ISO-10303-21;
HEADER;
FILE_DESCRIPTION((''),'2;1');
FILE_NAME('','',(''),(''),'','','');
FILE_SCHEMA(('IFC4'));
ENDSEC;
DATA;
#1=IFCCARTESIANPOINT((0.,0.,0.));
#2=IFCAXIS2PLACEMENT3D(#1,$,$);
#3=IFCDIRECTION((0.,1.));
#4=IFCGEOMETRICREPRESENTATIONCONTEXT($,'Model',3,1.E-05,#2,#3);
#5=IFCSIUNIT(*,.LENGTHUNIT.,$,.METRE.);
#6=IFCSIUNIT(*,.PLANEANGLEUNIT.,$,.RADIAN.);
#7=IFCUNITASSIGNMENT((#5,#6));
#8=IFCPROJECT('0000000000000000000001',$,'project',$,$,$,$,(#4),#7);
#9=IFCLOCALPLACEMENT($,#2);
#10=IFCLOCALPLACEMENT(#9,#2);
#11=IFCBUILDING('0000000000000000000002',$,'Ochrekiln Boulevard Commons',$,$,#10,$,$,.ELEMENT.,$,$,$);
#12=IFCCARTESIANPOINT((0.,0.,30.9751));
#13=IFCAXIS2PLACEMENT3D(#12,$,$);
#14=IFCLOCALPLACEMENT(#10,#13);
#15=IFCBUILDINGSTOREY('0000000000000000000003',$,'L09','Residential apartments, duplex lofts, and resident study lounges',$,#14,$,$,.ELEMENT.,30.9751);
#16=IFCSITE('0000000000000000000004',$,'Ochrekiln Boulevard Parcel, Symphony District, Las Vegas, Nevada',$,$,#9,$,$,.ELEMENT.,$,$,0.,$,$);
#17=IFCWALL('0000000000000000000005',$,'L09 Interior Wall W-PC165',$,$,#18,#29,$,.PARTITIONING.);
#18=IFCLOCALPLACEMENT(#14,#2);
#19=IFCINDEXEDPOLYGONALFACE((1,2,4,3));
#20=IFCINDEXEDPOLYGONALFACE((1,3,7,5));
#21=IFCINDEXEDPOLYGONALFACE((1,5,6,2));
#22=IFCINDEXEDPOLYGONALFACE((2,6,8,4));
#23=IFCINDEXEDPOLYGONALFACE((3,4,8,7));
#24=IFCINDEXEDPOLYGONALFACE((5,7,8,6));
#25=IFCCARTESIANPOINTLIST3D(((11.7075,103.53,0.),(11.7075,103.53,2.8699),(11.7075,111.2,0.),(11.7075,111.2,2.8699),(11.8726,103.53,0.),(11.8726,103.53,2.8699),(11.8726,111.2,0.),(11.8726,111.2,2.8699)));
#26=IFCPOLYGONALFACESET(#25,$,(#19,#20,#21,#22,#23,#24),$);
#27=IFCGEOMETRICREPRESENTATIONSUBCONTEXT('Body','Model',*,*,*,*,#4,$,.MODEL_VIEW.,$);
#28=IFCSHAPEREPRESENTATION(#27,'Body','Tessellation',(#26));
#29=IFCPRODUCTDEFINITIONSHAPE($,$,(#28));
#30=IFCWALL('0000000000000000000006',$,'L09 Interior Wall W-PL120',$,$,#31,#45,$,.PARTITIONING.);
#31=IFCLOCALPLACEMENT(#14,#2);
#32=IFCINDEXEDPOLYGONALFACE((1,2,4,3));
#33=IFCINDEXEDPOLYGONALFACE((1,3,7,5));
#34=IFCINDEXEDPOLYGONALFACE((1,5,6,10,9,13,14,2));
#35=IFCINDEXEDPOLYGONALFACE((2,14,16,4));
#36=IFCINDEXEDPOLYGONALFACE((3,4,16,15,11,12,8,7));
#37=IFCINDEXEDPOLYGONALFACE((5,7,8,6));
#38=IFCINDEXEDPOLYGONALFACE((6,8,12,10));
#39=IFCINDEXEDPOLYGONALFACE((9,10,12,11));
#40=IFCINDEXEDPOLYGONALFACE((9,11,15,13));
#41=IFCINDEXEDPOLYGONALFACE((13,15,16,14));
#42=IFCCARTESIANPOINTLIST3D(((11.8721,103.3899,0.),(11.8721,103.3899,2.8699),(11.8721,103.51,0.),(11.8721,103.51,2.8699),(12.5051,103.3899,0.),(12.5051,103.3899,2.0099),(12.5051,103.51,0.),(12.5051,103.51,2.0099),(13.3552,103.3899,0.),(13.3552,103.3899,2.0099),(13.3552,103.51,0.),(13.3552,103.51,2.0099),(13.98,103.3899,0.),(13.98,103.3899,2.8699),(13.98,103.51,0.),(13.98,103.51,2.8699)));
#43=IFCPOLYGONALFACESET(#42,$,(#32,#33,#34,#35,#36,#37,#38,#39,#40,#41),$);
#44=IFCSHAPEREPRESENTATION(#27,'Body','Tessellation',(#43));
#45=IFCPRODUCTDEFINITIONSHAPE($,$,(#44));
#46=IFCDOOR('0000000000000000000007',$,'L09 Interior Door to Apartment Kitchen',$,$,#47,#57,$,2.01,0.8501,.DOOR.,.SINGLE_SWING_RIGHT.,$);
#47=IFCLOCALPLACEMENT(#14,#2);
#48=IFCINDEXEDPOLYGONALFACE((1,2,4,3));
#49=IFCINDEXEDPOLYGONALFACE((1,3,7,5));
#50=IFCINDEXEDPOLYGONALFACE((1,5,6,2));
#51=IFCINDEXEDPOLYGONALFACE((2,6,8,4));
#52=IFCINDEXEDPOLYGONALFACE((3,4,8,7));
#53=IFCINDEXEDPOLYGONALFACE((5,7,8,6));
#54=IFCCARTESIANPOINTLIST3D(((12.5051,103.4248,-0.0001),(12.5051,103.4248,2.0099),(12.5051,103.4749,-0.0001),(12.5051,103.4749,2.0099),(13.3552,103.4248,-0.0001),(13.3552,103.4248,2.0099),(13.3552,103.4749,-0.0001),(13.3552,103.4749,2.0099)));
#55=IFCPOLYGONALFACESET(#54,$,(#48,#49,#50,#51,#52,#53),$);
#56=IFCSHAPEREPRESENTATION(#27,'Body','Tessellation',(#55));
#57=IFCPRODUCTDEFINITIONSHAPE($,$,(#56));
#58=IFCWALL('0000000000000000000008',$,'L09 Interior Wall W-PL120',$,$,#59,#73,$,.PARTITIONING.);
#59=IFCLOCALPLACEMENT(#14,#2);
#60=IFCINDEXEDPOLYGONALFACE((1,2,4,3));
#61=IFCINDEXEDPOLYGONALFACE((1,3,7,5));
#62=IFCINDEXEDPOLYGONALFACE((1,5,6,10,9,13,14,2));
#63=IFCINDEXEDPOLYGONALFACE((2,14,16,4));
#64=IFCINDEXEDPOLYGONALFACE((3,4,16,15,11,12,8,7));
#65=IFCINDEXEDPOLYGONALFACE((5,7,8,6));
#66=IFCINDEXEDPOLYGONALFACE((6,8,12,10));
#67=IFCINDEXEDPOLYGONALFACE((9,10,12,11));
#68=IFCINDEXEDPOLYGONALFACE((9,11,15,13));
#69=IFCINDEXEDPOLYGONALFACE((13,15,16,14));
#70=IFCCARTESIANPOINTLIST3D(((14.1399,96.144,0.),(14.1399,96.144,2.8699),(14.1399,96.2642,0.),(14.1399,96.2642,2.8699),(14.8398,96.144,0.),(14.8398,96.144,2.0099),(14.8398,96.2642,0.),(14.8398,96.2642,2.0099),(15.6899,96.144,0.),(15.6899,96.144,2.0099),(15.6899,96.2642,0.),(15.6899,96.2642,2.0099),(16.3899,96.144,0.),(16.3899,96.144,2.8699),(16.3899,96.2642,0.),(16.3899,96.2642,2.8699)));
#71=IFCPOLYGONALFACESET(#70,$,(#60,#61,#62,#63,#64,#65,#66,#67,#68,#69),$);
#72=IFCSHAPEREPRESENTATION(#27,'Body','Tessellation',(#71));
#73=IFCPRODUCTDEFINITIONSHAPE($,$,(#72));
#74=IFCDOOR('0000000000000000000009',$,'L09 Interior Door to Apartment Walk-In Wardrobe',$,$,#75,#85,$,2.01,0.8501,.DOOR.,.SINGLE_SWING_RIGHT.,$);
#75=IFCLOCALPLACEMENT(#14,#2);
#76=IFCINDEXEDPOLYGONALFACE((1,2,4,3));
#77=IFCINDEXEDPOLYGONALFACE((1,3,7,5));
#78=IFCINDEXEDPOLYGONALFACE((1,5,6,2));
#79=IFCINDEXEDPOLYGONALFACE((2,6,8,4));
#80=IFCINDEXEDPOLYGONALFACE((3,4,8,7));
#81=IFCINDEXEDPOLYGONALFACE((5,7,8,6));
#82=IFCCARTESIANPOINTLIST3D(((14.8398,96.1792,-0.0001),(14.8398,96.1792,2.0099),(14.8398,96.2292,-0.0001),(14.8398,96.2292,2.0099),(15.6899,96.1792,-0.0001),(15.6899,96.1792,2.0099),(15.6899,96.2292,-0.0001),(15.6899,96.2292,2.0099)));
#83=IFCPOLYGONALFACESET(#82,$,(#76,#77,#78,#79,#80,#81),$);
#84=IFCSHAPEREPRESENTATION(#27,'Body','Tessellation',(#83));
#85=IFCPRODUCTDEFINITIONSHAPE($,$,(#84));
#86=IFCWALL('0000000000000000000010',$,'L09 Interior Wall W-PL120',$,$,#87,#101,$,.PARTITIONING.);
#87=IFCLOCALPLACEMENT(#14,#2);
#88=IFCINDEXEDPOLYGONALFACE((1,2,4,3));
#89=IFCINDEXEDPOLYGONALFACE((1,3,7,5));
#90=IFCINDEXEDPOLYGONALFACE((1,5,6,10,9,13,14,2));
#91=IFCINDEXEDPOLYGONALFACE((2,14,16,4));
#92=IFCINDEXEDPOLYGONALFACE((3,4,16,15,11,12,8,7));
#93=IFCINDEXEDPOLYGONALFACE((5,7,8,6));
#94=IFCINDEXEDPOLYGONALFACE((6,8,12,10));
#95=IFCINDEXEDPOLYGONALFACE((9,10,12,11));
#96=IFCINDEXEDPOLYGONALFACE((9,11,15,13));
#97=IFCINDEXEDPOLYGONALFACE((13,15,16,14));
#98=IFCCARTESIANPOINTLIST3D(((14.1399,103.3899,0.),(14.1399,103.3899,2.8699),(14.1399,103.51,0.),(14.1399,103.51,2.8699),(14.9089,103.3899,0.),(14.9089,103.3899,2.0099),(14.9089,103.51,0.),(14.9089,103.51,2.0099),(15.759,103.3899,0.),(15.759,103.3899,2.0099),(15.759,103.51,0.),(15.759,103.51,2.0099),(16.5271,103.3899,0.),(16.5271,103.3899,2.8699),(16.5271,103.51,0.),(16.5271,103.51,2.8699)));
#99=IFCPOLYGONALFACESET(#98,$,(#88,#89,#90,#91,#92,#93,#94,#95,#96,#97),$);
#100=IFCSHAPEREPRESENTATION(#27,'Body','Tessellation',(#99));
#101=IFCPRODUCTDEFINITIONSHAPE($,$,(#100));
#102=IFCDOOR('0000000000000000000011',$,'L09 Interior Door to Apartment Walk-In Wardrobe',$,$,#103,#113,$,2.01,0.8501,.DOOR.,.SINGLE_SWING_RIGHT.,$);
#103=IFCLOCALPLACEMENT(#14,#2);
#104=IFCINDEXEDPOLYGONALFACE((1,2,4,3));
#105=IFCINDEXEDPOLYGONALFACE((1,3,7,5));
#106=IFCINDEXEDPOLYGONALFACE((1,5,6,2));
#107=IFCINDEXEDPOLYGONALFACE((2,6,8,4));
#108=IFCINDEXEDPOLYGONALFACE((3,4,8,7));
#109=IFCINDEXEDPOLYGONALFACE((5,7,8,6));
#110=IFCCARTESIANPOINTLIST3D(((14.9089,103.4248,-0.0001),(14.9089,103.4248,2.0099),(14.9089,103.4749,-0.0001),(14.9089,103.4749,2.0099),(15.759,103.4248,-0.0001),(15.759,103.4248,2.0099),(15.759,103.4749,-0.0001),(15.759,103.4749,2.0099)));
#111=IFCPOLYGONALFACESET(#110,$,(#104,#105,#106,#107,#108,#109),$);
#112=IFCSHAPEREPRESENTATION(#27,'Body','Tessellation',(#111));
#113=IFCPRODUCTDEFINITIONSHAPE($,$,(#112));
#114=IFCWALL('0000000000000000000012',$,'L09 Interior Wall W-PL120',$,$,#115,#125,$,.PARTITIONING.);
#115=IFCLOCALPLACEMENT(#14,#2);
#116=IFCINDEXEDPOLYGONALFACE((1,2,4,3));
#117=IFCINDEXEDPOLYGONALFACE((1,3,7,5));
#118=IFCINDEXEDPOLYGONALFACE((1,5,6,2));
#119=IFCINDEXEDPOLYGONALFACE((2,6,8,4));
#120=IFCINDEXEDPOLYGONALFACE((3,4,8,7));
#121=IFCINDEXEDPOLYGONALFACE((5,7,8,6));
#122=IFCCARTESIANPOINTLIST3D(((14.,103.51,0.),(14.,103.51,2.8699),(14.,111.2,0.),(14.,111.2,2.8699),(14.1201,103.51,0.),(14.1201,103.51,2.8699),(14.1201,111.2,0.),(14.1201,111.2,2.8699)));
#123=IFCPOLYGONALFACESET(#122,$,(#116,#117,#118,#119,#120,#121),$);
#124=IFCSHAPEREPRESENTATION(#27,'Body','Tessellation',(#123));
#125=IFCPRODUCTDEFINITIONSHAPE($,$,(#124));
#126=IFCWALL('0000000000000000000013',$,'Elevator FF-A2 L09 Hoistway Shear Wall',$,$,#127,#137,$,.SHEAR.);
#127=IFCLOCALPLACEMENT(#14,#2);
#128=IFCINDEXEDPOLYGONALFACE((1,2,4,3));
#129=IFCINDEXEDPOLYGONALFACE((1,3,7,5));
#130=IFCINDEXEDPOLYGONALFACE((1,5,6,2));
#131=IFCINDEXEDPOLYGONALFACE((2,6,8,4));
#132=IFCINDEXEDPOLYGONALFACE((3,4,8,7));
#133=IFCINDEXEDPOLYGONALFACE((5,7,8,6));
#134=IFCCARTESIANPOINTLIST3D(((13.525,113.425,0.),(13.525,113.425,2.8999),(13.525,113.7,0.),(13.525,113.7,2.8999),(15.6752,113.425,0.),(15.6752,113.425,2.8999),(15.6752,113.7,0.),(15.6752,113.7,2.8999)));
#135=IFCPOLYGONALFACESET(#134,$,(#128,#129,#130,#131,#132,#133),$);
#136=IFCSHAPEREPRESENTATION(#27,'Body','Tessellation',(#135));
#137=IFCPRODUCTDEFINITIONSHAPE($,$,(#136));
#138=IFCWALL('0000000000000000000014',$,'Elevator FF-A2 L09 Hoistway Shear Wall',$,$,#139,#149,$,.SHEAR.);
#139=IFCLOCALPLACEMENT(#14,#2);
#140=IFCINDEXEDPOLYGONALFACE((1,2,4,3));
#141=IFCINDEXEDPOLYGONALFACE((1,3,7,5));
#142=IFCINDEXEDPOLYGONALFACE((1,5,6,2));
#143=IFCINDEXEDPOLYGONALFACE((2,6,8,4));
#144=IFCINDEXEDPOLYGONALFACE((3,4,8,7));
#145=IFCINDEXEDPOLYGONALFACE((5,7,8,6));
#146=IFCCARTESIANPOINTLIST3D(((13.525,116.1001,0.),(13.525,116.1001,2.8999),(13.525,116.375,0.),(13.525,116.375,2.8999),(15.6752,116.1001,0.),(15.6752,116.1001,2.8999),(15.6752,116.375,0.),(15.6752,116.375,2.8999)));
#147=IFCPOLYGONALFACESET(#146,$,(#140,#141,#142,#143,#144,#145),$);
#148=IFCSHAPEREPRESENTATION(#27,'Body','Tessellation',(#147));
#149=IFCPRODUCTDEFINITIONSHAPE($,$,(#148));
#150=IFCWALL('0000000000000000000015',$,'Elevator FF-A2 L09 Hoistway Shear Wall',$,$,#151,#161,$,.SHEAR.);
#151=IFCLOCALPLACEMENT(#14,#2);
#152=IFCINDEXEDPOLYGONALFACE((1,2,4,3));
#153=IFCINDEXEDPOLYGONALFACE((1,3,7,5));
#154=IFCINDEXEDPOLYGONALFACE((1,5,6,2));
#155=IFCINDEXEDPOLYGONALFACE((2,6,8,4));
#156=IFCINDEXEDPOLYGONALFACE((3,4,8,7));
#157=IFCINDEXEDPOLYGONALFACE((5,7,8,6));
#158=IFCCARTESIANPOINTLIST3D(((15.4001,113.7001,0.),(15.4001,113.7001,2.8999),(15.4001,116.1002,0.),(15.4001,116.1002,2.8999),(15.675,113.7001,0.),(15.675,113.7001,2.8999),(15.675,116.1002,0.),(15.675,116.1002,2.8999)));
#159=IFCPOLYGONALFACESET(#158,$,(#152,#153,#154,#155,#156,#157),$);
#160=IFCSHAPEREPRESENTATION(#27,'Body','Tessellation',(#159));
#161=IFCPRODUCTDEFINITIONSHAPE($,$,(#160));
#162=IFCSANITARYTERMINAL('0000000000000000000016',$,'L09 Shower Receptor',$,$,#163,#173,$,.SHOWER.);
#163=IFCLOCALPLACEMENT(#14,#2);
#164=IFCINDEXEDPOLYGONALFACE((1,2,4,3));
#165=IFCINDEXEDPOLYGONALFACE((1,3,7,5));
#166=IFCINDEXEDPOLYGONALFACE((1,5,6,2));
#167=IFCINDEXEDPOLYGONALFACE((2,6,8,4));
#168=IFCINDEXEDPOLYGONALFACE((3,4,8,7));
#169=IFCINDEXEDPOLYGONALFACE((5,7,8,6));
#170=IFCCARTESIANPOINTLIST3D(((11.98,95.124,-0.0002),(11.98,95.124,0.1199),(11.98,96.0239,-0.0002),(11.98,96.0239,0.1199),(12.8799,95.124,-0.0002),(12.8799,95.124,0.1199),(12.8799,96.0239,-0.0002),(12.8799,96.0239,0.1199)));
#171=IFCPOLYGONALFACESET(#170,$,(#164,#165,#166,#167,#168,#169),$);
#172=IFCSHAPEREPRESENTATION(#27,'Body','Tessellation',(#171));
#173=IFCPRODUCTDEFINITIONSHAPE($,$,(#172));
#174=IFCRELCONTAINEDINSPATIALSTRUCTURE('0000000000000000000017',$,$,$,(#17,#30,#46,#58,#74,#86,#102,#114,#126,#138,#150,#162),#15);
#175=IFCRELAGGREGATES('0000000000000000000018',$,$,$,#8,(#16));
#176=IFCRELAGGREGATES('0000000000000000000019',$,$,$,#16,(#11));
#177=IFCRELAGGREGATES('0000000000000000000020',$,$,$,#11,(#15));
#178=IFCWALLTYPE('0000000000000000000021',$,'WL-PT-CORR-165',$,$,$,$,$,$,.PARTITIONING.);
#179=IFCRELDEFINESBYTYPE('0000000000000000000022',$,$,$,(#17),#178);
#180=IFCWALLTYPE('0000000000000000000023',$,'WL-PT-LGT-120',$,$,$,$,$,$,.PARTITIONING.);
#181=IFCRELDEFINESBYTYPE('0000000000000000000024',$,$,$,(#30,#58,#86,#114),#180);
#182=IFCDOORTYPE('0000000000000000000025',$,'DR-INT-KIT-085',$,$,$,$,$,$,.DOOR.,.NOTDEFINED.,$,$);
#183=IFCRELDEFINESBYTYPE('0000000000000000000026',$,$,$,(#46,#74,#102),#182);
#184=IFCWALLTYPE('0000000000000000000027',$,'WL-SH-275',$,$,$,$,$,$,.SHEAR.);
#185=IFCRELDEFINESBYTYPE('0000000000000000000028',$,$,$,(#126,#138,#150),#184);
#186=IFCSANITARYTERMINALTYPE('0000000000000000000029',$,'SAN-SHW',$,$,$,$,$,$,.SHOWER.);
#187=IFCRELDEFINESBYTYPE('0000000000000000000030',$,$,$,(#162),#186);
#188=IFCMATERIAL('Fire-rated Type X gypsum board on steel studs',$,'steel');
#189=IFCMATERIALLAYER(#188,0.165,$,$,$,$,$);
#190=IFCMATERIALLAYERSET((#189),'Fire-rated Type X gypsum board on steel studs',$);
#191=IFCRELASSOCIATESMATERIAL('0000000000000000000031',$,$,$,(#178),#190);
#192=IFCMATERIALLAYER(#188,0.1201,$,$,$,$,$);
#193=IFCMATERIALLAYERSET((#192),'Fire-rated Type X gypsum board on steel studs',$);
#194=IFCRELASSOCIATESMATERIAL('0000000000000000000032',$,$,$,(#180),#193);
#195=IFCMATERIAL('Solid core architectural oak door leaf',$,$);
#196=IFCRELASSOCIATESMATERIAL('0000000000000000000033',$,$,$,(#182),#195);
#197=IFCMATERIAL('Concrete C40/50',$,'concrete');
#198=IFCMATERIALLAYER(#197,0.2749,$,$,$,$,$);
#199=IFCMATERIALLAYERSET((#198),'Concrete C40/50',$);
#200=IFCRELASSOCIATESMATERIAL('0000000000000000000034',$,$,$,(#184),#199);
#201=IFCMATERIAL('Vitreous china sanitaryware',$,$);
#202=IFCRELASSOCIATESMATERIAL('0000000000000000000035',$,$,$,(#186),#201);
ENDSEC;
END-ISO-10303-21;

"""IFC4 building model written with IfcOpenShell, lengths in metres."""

from ifc_helpers import new_model, si_unit, direction, frame, frame_2d, origin, origin_2d, place, context, subcontext, project, spatial, rectangle, extrude, material, layer, layer_set, type_object, element, fill, save


model = new_model("IFC4")

# Units and contexts
model_context = context("Model", 3, precision=1e-05, world=origin(), true_north=direction((0.0, 1.0)))
body_context = subcontext(model_context, "Body", "Model", "MODEL_VIEW")
ifc_project = project(units=[si_unit("LENGTHUNIT", "METRE"), si_unit("PLANEANGLEUNIT", "RADIAN")], contexts=[model_context])

# Site, building, storey
site_placement = place(None, origin())
site = spatial("IfcSite", under=ifc_project, at=site_placement, Name="Ochrekiln Boulevard Parcel, Symphony District, Las Vegas, Nevada", CompositionType="ELEMENT", RefElevation=0.0)
building_placement = place(site_placement, origin())
building = spatial("IfcBuilding", under=site, at=building_placement, Name="Ochrekiln Boulevard Commons", CompositionType="ELEMENT")
storey_placement = place(building_placement, frame((0.0, 0.0, 30.9751)))
storey = spatial("IfcBuildingStorey", under=building, at=storey_placement, Name="L09", Description="Residential apartments, duplex lofts, and resident study lounges", CompositionType="ELEMENT", Elevation=30.9751)

# Shared definitions
ifc_material_1 = material(Name="Concrete C40/50", Category="concrete")

# Shared definitions
ifc_material_2 = material(Name="Solid core architectural oak door leaf")
ifc_material_3 = material(Name="Fire-rated Type X gypsum board on steel studs", Category="steel")
ifc_layer_1 = layer(ifc_material_3, 0.165)
ifc_layer_set_1 = layer_set([ifc_layer_1], Name="Fire-rated Type X gypsum board on steel studs")
wall_type_1 = type_object("IfcWallType", Name="WL-PT-CORR-165", PredefinedType="PARTITIONING", material=ifc_layer_set_1)

# Wall
wall_1_placement = place(storey_placement, frame((11.79, 103.53, 0.0), z_axis=(0.0, 0.0, 1.0), x_axis=(0.0, 1.0, 0.0)))
element("IfcWall", 1, at=wall_1_placement, inside=storey, type_object=wall_type_1, Name="L09 Interior Wall W-PC165", PredefinedType="PARTITIONING", context=body_context, shape_type="SweptSolid", body=[
    extrude(rectangle(XDim=7.6699, YDim=0.165, at=frame_2d((3.835, 0.0))), origin(), (0.0, 0.0, 1.0), 2.8699),
])

# Walls, openings, doors
ifc_layer_2 = layer(ifc_material_3, 0.1201)
ifc_layer_set_2 = layer_set([ifc_layer_2], Name="Fire-rated Type X gypsum board on steel studs")
wall_type_2 = type_object("IfcWallType", Name="WL-PT-LGT-120", PredefinedType="PARTITIONING", material=ifc_layer_set_2)
wall_2_placement = place(storey_placement, frame((11.8721, 103.45, 0.0), z_axis=(0.0, 0.0, 1.0), x_axis=(1.0, 0.0, 0.0)))
wall_2 = element("IfcWall", 2, at=wall_2_placement, inside=storey, type_object=wall_type_2, Name="L09 Interior Wall W-PL120", PredefinedType="PARTITIONING", context=body_context, shape_type="SweptSolid", body=[
    extrude(rectangle(XDim=2.1079, YDim=0.1201, at=frame_2d((1.054, 0.0))), origin(), (0.0, 0.0, 1.0), 2.8699),
])
opening_1_placement = place(wall_2_placement, frame((0.6331, 0.0, 0.0)))
opening_1 = element("IfcOpeningElement", 3, at=opening_1_placement, cuts=wall_2, PredefinedType="OPENING", context=body_context, shape_type="SweptSolid", body=[
    extrude(rectangle(XDim=0.8501, YDim=2.01, at=frame_2d((0.425, 1.0049))), frame((0.0, 0.0701, 0.0), z_axis=(0.0, -1.0, 0.0), x_axis=(1.0, 0.0, 0.0)), (0.0, 0.0, 1.0), 0.1401),
])
door_type_1 = type_object("IfcDoorType", Name="DR-INT-KIT-085", OperationType="NOTDEFINED", PredefinedType="DOOR", material=ifc_material_2)
door_1_placement = place(opening_1_placement, origin())
door_1 = element("IfcDoor", 4, at=door_1_placement, inside=storey, type_object=door_type_1, Name="L09 Interior Door to Apartment Kitchen", OperationType="SINGLE_SWING_RIGHT", OverallHeight=2.01, OverallWidth=0.8501, PredefinedType="DOOR", context=body_context, shape_type="SweptSolid", body=[
    extrude(rectangle(XDim=0.8501, YDim=2.01, at=frame_2d((0.425, 1.0049))), frame((0.0, 0.0249, 0.0), z_axis=(0.0, -1.0, 0.0), x_axis=(1.0, 0.0, 0.0)), (0.0, 0.0, 1.0), 0.05),
])
fill(opening_1, door_1)
wall_3_placement = place(storey_placement, frame((14.1399, 96.2041, 0.0), z_axis=(0.0, 0.0, 1.0), x_axis=(1.0, 0.0, 0.0)))
wall_3 = element("IfcWall", 5, at=wall_3_placement, inside=storey, type_object=wall_type_2, Name="L09 Interior Wall W-PL120", PredefinedType="PARTITIONING", context=body_context, shape_type="SweptSolid", body=[
    extrude(rectangle(XDim=2.25, YDim=0.1201, at=frame_2d((1.125, 0.0))), origin(), (0.0, 0.0, 1.0), 2.8699),
])
opening_2_placement = place(wall_3_placement, frame((0.7, 0.0, 0.0)))
opening_2 = element("IfcOpeningElement", 6, at=opening_2_placement, cuts=wall_3, PredefinedType="OPENING", context=body_context, shape_type="SweptSolid", body=[
    extrude(rectangle(XDim=0.8501, YDim=2.01, at=frame_2d((0.425, 1.0049))), frame((0.0, 0.0701, 0.0), z_axis=(0.0, -1.0, 0.0), x_axis=(1.0, 0.0, 0.0)), (0.0, 0.0, 1.0), 0.1401),
])
door_2_placement = place(opening_2_placement, frame((0.8501, 0.0, 0.0), z_axis=(0.0, 0.0, 1.0), x_axis=(-1.0, 0.0, 0.0)))
door_2 = element("IfcDoor", 7, at=door_2_placement, inside=storey, type_object=door_type_1, Name="L09 Interior Door to Apartment Walk-In Wardrobe", OperationType="SINGLE_SWING_RIGHT", OverallHeight=2.01, OverallWidth=0.8501, PredefinedType="DOOR", context=body_context, shape_type="SweptSolid", body=[
    extrude(rectangle(XDim=0.8501, YDim=2.01, at=frame_2d((0.425, 1.0049))), frame((0.0, 0.0249, 0.0), z_axis=(0.0, -1.0, 0.0), x_axis=(1.0, 0.0, 0.0)), (0.0, 0.0, 1.0), 0.05),
])
fill(opening_2, door_2)
wall_4_placement = place(storey_placement, frame((14.1399, 103.45, 0.0), z_axis=(0.0, 0.0, 1.0), x_axis=(1.0, 0.0, 0.0)))
wall_4 = element("IfcWall", 8, at=wall_4_placement, inside=storey, type_object=wall_type_2, Name="L09 Interior Wall W-PL120", PredefinedType="PARTITIONING", context=body_context, shape_type="SweptSolid", body=[
    extrude(rectangle(XDim=2.3872, YDim=0.1201, at=frame_2d((1.1936, 0.0))), origin(), (0.0, 0.0, 1.0), 2.8699),
])
opening_3_placement = place(wall_4_placement, frame((0.769, 0.0, 0.0)))
opening_3 = element("IfcOpeningElement", 9, at=opening_3_placement, cuts=wall_4, PredefinedType="OPENING", context=body_context, shape_type="SweptSolid", body=[
    extrude(rectangle(XDim=0.8501, YDim=2.01, at=frame_2d((0.425, 1.0049))), frame((0.0, 0.0701, 0.0), z_axis=(0.0, -1.0, 0.0), x_axis=(1.0, 0.0, 0.0)), (0.0, 0.0, 1.0), 0.1401),
])
door_3_placement = place(opening_3_placement, origin())
door_3 = element("IfcDoor", 10, at=door_3_placement, inside=storey, type_object=door_type_1, Name="L09 Interior Door to Apartment Walk-In Wardrobe", OperationType="SINGLE_SWING_RIGHT", OverallHeight=2.01, OverallWidth=0.8501, PredefinedType="DOOR", context=body_context, shape_type="SweptSolid", body=[
    extrude(rectangle(XDim=0.8501, YDim=2.01, at=frame_2d((0.425, 1.0049))), frame((0.0, 0.0249, 0.0), z_axis=(0.0, -1.0, 0.0), x_axis=(1.0, 0.0, 0.0)), (0.0, 0.0, 1.0), 0.05),
])
fill(opening_3, door_3)

# Walls
wall_5_placement = place(storey_placement, frame((14.0601, 103.51, 0.0), z_axis=(0.0, 0.0, 1.0), x_axis=(0.0, 1.0, 0.0)))
element("IfcWall", 11, at=wall_5_placement, inside=storey, type_object=wall_type_2, Name="L09 Interior Wall W-PL120", PredefinedType="PARTITIONING", context=body_context, shape_type="SweptSolid", body=[
    extrude(rectangle(XDim=7.6899, YDim=0.1201, at=frame_2d((3.845, 0.0))), origin(), (0.0, 0.0, 1.0), 2.8699),
])
ifc_layer_3 = layer(ifc_material_1, 0.2749)
ifc_layer_set_3 = layer_set([ifc_layer_3], Name="Concrete C40/50")
wall_type_3 = type_object("IfcWallType", Name="WL-SH-275", PredefinedType="SHEAR", material=ifc_layer_set_3)
for number, where, z_axis, x_axis, name in (
    (12, (13.5249, 113.5625, 0.0), (0.0, 0.0, 1.0), (1.0, 0.0, 0.0), "Elevator FF-A2 L09 Hoistway Shear Wall"),
    (13, (13.5249, 116.2375, 0.0), (0.0, 0.0, 1.0), (1.0, 0.0, 0.0), "Elevator FF-A2 L09 Hoistway Shear Wall"),
):
    element("IfcWall", number, at=place(storey_placement, frame(where, z_axis=z_axis, x_axis=x_axis)), inside=storey, type_object=wall_type_3, Name=name, PredefinedType="SHEAR", context=body_context, shape_type="SweptSolid", body=[
        extrude(rectangle(XDim=2.1501, YDim=0.2749, at=frame_2d((1.0752, 0.0))), origin(), (0.0, 0.0, 1.0), 2.8999),
    ])

# Wall
wall_6_placement = place(storey_placement, frame((15.5376, 113.7, 0.0), z_axis=(0.0, 0.0, 1.0), x_axis=(0.0, 1.0, 0.0)))
element("IfcWall", 14, at=wall_6_placement, inside=storey, type_object=wall_type_3, Name="Elevator FF-A2 L09 Hoistway Shear Wall", PredefinedType="SHEAR", context=body_context, shape_type="SweptSolid", body=[
    extrude(rectangle(XDim=2.4001, YDim=0.2749, at=frame_2d((1.2002, 0.0))), origin(), (0.0, 0.0, 1.0), 2.8999),
])

# Sanitary terminal
ifc_material_4 = material(Name="Vitreous china sanitaryware")
sanitary_terminal_type = type_object("IfcSanitaryTerminalType", Name="SAN-SHW", PredefinedType="SHOWER", material=ifc_material_4)
sanitary_terminal_placement = place(storey_placement, frame((12.4299, 95.574, -0.0002), z_axis=(0.0, 0.0, 1.0), x_axis=(1.0, 0.0, 0.0)))
element("IfcSanitaryTerminal", 15, at=sanitary_terminal_placement, inside=storey, type_object=sanitary_terminal_type, Name="L09 Shower Receptor", PredefinedType="SHOWER", context=body_context, shape_type="SweptSolid", body=[
    extrude(rectangle(XDim=0.8999, YDim=0.8999, at=origin_2d()), origin(), (0.0, 0.0, 1.0), 0.1201),
])

save(model, "model.ifc")
